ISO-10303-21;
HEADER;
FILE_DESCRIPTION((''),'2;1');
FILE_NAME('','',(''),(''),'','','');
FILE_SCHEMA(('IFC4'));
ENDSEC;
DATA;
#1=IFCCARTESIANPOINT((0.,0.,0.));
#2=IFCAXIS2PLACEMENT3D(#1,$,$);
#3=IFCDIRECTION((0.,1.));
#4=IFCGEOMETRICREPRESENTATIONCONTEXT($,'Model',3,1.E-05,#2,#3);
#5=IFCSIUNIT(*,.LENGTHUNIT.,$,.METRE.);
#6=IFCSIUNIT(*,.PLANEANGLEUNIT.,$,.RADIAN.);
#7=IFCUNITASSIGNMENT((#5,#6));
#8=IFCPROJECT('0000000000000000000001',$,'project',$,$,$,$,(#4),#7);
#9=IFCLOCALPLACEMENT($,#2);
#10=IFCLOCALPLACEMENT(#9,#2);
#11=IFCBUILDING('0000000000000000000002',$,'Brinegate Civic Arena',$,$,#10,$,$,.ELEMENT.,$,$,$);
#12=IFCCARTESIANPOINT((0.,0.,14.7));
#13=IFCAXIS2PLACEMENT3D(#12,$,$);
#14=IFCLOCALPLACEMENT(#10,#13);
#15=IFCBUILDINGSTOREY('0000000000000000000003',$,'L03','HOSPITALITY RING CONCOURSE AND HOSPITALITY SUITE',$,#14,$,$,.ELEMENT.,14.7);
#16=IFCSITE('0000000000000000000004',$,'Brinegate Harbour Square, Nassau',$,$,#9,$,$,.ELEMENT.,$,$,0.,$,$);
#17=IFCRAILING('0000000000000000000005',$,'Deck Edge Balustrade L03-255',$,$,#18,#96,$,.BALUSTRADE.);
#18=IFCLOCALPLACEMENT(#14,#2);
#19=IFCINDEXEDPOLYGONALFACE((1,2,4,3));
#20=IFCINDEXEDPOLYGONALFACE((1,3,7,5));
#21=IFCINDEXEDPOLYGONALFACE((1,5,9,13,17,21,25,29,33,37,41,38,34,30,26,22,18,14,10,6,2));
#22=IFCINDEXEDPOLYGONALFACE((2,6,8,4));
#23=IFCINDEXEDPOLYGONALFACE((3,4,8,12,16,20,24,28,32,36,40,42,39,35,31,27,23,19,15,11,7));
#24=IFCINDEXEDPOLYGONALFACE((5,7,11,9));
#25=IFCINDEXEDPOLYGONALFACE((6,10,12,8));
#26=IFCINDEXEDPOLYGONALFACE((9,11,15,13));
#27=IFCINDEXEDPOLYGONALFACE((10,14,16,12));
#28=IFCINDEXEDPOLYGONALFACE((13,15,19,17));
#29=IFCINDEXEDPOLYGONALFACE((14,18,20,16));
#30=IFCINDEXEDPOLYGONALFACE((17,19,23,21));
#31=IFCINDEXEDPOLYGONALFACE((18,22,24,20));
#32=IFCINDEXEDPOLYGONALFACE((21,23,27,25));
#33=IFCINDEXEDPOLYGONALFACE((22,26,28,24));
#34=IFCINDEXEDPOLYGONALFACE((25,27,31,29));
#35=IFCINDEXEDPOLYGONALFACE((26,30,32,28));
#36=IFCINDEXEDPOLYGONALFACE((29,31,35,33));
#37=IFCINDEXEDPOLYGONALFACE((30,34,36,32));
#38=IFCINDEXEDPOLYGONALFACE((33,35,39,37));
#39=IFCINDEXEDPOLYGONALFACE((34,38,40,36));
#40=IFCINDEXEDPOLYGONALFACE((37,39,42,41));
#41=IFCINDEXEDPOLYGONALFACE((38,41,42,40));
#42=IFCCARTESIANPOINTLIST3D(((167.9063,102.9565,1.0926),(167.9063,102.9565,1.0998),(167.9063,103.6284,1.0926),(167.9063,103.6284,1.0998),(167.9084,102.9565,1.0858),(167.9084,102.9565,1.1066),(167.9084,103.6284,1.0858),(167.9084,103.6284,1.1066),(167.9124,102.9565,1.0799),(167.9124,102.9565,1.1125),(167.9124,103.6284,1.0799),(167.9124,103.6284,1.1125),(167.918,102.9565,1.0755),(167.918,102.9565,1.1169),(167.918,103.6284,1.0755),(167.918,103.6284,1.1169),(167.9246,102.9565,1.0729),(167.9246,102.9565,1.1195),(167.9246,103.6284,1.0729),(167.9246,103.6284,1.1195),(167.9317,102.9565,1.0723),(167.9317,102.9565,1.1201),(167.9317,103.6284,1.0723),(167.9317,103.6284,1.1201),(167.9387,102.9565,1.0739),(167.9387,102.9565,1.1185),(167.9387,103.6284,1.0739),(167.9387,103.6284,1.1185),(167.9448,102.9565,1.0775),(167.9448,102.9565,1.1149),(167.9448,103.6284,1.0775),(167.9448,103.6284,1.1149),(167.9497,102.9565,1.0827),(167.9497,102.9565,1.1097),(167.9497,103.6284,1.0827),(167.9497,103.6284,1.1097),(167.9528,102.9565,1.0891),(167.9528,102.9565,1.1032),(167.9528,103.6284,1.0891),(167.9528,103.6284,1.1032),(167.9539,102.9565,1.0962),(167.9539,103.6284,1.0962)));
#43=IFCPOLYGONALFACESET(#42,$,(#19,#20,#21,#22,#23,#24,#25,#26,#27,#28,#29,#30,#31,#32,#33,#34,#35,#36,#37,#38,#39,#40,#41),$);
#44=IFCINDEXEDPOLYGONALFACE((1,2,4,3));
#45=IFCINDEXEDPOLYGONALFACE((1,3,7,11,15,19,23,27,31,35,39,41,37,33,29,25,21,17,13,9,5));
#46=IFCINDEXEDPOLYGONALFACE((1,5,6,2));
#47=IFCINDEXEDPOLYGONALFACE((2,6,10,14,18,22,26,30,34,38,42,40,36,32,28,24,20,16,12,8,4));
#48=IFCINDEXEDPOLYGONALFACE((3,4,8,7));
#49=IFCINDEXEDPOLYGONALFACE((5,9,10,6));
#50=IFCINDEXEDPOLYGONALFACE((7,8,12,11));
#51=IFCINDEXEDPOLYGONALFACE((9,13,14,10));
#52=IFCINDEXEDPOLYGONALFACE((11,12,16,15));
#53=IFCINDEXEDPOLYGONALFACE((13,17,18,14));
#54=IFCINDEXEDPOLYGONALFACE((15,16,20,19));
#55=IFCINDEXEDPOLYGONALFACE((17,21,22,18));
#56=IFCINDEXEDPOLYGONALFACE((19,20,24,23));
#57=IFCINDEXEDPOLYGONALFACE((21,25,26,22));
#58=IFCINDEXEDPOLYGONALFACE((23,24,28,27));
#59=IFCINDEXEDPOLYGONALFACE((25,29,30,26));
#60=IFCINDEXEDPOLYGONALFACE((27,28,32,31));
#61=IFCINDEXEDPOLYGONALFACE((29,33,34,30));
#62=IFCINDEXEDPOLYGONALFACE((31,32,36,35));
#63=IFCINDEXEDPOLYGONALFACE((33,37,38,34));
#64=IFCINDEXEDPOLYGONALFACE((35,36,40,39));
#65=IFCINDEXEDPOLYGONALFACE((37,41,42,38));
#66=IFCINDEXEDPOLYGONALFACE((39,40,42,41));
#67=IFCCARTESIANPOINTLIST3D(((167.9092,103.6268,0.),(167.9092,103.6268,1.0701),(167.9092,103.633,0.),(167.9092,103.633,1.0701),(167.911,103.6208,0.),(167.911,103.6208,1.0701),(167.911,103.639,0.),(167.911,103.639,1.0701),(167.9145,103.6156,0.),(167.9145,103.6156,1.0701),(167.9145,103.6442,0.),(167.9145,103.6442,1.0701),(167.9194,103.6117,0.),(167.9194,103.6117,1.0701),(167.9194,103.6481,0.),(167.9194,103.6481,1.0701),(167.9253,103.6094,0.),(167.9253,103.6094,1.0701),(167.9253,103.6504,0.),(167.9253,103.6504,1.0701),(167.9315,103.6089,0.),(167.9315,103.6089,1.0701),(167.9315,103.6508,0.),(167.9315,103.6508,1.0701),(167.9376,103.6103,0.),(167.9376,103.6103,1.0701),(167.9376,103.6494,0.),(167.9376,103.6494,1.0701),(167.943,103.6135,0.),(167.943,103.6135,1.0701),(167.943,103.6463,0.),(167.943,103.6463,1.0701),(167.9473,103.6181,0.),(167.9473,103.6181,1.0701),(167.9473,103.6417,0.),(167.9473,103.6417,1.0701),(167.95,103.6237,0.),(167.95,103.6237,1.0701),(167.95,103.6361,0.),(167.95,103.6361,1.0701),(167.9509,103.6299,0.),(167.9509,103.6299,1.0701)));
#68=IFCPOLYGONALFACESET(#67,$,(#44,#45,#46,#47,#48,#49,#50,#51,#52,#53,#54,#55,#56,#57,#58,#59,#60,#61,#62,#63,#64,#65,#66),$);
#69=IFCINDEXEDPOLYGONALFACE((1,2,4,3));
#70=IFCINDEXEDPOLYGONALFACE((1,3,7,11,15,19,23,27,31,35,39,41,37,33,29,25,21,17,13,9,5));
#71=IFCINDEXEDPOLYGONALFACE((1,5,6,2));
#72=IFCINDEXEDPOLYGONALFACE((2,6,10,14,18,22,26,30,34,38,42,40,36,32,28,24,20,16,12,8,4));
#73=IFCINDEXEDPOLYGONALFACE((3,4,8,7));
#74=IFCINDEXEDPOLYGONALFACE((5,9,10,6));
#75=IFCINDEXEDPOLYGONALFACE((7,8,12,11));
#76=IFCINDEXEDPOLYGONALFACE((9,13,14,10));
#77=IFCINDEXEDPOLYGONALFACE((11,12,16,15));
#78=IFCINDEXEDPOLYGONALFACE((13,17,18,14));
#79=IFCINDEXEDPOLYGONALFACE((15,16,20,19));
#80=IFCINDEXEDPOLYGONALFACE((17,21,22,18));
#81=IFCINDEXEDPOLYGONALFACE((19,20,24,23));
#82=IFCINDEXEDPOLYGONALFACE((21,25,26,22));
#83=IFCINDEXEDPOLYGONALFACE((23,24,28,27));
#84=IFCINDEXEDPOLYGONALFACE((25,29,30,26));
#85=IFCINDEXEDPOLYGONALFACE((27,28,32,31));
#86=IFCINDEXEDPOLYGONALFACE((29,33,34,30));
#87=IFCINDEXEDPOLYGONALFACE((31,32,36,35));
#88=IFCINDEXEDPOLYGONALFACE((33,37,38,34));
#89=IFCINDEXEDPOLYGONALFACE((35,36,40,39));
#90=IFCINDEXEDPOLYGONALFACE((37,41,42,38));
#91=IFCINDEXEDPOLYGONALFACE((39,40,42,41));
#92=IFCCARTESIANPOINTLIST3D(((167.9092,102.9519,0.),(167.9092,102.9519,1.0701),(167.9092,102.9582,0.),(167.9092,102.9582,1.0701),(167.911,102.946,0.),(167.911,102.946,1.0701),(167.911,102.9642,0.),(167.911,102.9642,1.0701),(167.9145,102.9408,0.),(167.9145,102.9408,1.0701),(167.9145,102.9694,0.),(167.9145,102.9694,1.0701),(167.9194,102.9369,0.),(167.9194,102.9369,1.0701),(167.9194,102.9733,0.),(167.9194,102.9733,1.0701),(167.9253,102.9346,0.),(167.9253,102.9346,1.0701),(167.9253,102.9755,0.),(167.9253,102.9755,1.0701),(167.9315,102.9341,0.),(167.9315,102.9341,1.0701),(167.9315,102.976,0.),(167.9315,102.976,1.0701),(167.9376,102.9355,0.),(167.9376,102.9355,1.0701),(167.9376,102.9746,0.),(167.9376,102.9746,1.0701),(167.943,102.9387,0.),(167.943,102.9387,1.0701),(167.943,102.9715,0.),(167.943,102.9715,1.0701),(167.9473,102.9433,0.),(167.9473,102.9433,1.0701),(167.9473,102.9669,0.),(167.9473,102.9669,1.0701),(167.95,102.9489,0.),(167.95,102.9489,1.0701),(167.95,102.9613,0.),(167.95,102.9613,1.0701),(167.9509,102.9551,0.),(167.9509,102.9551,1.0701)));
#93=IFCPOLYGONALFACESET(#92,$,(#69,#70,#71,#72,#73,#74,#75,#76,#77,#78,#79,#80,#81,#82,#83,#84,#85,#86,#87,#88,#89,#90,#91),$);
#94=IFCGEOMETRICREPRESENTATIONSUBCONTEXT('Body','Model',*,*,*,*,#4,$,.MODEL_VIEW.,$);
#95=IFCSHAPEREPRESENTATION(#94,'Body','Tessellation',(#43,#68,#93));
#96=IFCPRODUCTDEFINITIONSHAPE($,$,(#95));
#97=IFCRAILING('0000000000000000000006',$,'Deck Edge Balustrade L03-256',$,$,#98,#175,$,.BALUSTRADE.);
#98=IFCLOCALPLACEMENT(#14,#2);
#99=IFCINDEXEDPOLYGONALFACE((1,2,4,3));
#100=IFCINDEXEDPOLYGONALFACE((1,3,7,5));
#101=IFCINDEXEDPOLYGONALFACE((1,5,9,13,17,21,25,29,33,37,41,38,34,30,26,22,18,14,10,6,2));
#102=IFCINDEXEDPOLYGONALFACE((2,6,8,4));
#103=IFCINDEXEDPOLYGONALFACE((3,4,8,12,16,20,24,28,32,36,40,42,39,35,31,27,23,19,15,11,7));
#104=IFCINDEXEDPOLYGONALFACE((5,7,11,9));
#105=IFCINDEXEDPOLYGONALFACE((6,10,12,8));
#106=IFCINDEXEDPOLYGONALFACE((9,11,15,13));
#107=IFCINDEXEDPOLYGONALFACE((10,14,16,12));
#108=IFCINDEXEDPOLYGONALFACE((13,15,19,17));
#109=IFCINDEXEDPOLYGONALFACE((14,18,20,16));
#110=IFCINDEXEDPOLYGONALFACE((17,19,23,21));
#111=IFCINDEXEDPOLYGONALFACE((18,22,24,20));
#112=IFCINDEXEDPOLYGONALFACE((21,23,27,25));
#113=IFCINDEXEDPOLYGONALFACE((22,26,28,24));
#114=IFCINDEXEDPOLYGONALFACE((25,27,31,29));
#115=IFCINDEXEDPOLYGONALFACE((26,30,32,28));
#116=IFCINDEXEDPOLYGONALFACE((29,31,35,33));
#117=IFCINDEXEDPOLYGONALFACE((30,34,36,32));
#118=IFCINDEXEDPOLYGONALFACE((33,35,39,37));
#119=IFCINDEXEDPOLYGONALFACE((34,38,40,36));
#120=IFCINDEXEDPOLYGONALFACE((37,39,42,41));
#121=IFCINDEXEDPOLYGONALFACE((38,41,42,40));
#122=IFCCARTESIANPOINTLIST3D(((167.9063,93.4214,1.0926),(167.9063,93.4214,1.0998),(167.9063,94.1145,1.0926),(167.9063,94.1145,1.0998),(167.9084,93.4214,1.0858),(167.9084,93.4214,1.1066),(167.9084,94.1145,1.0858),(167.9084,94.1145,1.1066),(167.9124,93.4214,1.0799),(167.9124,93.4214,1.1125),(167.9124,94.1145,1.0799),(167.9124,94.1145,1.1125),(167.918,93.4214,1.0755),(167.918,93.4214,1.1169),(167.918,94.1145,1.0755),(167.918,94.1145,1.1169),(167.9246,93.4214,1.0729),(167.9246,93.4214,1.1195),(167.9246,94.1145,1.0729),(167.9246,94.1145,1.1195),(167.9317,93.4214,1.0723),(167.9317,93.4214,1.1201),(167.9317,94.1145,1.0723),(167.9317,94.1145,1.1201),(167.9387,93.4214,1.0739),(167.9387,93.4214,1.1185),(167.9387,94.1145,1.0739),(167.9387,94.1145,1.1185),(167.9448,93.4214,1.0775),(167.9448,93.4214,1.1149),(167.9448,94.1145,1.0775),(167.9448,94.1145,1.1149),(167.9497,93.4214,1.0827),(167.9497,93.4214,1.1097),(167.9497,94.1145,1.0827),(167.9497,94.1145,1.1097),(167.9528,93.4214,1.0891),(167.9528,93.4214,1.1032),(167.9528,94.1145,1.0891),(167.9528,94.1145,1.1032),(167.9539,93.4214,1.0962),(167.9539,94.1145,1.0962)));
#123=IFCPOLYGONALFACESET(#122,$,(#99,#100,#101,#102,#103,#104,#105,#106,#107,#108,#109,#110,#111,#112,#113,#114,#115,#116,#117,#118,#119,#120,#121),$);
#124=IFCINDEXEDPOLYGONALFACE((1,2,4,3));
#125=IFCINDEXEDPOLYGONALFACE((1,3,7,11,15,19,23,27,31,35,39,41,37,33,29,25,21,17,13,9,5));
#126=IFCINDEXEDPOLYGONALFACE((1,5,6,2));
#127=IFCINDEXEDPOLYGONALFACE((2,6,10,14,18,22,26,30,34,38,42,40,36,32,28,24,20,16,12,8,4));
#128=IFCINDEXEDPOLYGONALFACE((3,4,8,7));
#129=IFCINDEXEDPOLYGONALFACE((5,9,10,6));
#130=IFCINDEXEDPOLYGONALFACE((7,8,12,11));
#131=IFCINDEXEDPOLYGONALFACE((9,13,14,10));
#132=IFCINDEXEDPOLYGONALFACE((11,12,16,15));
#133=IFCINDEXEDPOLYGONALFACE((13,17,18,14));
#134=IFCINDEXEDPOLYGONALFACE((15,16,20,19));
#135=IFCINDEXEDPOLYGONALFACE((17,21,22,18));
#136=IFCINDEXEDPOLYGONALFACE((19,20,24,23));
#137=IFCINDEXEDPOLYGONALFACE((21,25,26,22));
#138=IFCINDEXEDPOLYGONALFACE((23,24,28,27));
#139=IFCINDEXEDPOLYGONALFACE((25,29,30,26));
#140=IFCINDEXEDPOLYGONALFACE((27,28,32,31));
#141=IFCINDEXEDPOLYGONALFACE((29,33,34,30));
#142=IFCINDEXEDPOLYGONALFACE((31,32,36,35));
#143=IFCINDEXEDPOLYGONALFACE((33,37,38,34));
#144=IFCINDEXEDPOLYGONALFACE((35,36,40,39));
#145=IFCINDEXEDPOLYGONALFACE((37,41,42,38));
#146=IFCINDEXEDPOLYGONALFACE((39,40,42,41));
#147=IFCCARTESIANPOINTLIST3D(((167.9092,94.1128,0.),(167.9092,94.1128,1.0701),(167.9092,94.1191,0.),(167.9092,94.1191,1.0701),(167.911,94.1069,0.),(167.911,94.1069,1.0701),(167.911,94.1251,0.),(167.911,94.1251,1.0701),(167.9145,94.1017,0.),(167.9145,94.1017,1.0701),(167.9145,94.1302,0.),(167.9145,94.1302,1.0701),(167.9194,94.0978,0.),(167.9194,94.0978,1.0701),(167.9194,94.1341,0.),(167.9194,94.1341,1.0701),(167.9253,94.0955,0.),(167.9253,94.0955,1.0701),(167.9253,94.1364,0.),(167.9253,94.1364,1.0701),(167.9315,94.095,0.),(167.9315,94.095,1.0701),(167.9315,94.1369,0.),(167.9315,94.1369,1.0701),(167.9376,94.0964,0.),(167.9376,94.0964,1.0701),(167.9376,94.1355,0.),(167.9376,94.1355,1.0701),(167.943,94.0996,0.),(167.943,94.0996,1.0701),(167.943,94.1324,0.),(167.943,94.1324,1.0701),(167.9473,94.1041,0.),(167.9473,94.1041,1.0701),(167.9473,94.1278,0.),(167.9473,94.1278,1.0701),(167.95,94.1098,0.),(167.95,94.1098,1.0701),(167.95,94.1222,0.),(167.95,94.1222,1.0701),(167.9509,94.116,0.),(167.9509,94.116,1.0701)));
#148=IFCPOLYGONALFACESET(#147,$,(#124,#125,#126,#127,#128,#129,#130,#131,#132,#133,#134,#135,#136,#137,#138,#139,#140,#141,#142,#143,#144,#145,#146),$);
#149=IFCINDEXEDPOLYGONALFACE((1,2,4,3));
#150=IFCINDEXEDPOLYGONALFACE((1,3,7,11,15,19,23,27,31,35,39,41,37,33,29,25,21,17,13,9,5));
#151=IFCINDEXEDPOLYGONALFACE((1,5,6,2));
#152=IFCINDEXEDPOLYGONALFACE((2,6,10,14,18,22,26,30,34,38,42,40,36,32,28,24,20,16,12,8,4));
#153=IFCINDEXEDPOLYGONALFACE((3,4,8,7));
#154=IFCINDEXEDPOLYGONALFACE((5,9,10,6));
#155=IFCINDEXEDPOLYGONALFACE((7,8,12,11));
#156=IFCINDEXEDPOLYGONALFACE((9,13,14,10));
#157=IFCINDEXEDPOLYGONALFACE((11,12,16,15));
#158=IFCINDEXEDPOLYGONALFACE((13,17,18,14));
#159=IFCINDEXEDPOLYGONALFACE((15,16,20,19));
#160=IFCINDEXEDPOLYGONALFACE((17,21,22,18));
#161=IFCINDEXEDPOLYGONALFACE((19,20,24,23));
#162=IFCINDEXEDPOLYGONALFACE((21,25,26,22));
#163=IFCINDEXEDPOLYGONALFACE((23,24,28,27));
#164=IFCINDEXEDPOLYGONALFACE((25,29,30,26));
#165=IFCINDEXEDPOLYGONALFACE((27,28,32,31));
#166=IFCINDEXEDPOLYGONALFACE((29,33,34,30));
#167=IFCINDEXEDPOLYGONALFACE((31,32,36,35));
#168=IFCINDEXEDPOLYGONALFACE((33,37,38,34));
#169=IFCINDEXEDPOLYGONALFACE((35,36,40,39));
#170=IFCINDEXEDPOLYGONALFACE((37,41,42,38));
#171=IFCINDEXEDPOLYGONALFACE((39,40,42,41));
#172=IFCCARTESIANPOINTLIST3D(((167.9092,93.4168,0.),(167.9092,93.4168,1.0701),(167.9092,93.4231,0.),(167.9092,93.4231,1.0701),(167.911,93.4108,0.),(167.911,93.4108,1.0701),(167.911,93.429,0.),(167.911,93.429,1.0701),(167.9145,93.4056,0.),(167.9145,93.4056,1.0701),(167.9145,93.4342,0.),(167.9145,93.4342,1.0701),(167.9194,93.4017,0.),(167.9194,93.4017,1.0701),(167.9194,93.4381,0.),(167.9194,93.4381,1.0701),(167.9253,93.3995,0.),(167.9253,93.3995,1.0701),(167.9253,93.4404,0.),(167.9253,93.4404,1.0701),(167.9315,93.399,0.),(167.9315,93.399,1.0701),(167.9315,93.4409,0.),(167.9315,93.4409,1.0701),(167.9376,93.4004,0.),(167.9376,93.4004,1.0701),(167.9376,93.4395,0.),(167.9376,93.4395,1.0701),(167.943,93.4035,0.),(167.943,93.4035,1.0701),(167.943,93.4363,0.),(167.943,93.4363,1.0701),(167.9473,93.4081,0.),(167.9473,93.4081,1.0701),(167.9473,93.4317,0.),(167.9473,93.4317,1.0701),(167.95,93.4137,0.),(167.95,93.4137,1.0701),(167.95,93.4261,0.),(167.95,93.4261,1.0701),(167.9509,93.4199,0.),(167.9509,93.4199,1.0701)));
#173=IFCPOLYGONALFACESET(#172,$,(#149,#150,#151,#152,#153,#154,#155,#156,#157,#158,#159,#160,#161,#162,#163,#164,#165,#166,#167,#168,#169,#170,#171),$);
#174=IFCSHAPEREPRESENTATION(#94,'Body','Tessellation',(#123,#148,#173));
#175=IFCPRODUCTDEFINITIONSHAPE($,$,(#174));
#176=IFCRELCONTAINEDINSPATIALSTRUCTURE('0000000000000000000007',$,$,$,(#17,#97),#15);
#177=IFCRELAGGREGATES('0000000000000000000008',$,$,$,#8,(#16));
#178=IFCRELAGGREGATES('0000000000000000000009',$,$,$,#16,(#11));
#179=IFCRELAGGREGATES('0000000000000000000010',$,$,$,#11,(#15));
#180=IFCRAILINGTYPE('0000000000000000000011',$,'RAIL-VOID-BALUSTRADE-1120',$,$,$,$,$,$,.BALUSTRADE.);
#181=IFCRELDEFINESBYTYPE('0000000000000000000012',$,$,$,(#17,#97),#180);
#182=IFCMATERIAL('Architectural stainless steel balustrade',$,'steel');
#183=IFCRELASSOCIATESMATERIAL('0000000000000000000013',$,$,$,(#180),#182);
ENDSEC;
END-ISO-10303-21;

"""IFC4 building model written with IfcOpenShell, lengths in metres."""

from ifc_helpers import new_model, si_unit, direction, frame, origin, origin_2d, place, context, subcontext, project, spatial, circle, extrude, material, type_object, element, save


model = new_model("IFC4")

# Units and contexts
model_context = context("Model", 3, precision=1e-05, world=origin(), true_north=direction((0.0, 1.0)))
body_context = subcontext(model_context, "Body", "Model", "MODEL_VIEW")
ifc_project = project(units=[si_unit("LENGTHUNIT", "METRE"), si_unit("PLANEANGLEUNIT", "RADIAN")], contexts=[model_context])

# Site, building, storey
site_placement = place(None, origin())
site = spatial("IfcSite", under=ifc_project, at=site_placement, Name="Brinegate Harbour Square, Nassau", CompositionType="ELEMENT", RefElevation=0.0)
building_placement = place(site_placement, origin())
building = spatial("IfcBuilding", under=site, at=building_placement, Name="Brinegate Civic Arena", CompositionType="ELEMENT")
storey_placement = place(building_placement, frame((0.0, 0.0, 14.7)))
storey = spatial("IfcBuildingStorey", under=building, at=storey_placement, Name="L03", Description="HOSPITALITY RING CONCOURSE AND HOSPITALITY SUITE", CompositionType="ELEMENT", Elevation=14.7)

# Railings
ifc_material_1 = material(Name="Architectural stainless steel balustrade", Category="steel")
railing_type_1 = type_object("IfcRailingType", Name="RAIL-VOID-BALUSTRADE-1120", PredefinedType="BALUSTRADE", material=ifc_material_1)
railing_placement = place(storey_placement, frame((167.9299, 103.6299, 0.0)))
element("IfcRailing", 1, at=railing_placement, inside=storey, type_object=railing_type_1, Name="Deck Edge Balustrade L03-255", PredefinedType="BALUSTRADE", context=body_context, shape_type="SweptSolid", body=[
    extrude(circle(Radius=0.0239, at=origin_2d()), frame((0.0, -0.0015, 1.0962), z_axis=(0.0, -1.0, 0.0), x_axis=(1.0, 0.0, 0.0)), (0.0, 0.0, 1.0), 0.6719),
    extrude(circle(Radius=0.021, at=origin_2d()), origin(), (0.0, 0.0, 1.0), 1.0701),
    extrude(circle(Radius=0.021, at=origin_2d()), frame((0.0, -0.6748, 0.0)), (0.0, 0.0, 1.0), 1.0701),
])
for number, where, name in (
    (2, (167.9299, 94.116, 0.0), "Deck Edge Balustrade L03-256"),
):
    element("IfcRailing", number, at=place(storey_placement, frame(where)), inside=storey, type_object=railing_type_1, Name=name, PredefinedType="BALUSTRADE", context=body_context, shape_type="SweptSolid", body=[
        extrude(circle(Radius=0.0239, at=origin_2d()), frame((0.0, -0.0015, 1.0962), z_axis=(0.0, -1.0, 0.0), x_axis=(1.0, 0.0, 0.0)), (0.0, 0.0, 1.0), 0.6931),
        extrude(circle(Radius=0.021, at=origin_2d()), origin(), (0.0, 0.0, 1.0), 1.0701),
        extrude(circle(Radius=0.021, at=origin_2d()), frame((0.0, -0.696, 0.0)), (0.0, 0.0, 1.0), 1.0701),
    ])

save(model, "model.ifc")
